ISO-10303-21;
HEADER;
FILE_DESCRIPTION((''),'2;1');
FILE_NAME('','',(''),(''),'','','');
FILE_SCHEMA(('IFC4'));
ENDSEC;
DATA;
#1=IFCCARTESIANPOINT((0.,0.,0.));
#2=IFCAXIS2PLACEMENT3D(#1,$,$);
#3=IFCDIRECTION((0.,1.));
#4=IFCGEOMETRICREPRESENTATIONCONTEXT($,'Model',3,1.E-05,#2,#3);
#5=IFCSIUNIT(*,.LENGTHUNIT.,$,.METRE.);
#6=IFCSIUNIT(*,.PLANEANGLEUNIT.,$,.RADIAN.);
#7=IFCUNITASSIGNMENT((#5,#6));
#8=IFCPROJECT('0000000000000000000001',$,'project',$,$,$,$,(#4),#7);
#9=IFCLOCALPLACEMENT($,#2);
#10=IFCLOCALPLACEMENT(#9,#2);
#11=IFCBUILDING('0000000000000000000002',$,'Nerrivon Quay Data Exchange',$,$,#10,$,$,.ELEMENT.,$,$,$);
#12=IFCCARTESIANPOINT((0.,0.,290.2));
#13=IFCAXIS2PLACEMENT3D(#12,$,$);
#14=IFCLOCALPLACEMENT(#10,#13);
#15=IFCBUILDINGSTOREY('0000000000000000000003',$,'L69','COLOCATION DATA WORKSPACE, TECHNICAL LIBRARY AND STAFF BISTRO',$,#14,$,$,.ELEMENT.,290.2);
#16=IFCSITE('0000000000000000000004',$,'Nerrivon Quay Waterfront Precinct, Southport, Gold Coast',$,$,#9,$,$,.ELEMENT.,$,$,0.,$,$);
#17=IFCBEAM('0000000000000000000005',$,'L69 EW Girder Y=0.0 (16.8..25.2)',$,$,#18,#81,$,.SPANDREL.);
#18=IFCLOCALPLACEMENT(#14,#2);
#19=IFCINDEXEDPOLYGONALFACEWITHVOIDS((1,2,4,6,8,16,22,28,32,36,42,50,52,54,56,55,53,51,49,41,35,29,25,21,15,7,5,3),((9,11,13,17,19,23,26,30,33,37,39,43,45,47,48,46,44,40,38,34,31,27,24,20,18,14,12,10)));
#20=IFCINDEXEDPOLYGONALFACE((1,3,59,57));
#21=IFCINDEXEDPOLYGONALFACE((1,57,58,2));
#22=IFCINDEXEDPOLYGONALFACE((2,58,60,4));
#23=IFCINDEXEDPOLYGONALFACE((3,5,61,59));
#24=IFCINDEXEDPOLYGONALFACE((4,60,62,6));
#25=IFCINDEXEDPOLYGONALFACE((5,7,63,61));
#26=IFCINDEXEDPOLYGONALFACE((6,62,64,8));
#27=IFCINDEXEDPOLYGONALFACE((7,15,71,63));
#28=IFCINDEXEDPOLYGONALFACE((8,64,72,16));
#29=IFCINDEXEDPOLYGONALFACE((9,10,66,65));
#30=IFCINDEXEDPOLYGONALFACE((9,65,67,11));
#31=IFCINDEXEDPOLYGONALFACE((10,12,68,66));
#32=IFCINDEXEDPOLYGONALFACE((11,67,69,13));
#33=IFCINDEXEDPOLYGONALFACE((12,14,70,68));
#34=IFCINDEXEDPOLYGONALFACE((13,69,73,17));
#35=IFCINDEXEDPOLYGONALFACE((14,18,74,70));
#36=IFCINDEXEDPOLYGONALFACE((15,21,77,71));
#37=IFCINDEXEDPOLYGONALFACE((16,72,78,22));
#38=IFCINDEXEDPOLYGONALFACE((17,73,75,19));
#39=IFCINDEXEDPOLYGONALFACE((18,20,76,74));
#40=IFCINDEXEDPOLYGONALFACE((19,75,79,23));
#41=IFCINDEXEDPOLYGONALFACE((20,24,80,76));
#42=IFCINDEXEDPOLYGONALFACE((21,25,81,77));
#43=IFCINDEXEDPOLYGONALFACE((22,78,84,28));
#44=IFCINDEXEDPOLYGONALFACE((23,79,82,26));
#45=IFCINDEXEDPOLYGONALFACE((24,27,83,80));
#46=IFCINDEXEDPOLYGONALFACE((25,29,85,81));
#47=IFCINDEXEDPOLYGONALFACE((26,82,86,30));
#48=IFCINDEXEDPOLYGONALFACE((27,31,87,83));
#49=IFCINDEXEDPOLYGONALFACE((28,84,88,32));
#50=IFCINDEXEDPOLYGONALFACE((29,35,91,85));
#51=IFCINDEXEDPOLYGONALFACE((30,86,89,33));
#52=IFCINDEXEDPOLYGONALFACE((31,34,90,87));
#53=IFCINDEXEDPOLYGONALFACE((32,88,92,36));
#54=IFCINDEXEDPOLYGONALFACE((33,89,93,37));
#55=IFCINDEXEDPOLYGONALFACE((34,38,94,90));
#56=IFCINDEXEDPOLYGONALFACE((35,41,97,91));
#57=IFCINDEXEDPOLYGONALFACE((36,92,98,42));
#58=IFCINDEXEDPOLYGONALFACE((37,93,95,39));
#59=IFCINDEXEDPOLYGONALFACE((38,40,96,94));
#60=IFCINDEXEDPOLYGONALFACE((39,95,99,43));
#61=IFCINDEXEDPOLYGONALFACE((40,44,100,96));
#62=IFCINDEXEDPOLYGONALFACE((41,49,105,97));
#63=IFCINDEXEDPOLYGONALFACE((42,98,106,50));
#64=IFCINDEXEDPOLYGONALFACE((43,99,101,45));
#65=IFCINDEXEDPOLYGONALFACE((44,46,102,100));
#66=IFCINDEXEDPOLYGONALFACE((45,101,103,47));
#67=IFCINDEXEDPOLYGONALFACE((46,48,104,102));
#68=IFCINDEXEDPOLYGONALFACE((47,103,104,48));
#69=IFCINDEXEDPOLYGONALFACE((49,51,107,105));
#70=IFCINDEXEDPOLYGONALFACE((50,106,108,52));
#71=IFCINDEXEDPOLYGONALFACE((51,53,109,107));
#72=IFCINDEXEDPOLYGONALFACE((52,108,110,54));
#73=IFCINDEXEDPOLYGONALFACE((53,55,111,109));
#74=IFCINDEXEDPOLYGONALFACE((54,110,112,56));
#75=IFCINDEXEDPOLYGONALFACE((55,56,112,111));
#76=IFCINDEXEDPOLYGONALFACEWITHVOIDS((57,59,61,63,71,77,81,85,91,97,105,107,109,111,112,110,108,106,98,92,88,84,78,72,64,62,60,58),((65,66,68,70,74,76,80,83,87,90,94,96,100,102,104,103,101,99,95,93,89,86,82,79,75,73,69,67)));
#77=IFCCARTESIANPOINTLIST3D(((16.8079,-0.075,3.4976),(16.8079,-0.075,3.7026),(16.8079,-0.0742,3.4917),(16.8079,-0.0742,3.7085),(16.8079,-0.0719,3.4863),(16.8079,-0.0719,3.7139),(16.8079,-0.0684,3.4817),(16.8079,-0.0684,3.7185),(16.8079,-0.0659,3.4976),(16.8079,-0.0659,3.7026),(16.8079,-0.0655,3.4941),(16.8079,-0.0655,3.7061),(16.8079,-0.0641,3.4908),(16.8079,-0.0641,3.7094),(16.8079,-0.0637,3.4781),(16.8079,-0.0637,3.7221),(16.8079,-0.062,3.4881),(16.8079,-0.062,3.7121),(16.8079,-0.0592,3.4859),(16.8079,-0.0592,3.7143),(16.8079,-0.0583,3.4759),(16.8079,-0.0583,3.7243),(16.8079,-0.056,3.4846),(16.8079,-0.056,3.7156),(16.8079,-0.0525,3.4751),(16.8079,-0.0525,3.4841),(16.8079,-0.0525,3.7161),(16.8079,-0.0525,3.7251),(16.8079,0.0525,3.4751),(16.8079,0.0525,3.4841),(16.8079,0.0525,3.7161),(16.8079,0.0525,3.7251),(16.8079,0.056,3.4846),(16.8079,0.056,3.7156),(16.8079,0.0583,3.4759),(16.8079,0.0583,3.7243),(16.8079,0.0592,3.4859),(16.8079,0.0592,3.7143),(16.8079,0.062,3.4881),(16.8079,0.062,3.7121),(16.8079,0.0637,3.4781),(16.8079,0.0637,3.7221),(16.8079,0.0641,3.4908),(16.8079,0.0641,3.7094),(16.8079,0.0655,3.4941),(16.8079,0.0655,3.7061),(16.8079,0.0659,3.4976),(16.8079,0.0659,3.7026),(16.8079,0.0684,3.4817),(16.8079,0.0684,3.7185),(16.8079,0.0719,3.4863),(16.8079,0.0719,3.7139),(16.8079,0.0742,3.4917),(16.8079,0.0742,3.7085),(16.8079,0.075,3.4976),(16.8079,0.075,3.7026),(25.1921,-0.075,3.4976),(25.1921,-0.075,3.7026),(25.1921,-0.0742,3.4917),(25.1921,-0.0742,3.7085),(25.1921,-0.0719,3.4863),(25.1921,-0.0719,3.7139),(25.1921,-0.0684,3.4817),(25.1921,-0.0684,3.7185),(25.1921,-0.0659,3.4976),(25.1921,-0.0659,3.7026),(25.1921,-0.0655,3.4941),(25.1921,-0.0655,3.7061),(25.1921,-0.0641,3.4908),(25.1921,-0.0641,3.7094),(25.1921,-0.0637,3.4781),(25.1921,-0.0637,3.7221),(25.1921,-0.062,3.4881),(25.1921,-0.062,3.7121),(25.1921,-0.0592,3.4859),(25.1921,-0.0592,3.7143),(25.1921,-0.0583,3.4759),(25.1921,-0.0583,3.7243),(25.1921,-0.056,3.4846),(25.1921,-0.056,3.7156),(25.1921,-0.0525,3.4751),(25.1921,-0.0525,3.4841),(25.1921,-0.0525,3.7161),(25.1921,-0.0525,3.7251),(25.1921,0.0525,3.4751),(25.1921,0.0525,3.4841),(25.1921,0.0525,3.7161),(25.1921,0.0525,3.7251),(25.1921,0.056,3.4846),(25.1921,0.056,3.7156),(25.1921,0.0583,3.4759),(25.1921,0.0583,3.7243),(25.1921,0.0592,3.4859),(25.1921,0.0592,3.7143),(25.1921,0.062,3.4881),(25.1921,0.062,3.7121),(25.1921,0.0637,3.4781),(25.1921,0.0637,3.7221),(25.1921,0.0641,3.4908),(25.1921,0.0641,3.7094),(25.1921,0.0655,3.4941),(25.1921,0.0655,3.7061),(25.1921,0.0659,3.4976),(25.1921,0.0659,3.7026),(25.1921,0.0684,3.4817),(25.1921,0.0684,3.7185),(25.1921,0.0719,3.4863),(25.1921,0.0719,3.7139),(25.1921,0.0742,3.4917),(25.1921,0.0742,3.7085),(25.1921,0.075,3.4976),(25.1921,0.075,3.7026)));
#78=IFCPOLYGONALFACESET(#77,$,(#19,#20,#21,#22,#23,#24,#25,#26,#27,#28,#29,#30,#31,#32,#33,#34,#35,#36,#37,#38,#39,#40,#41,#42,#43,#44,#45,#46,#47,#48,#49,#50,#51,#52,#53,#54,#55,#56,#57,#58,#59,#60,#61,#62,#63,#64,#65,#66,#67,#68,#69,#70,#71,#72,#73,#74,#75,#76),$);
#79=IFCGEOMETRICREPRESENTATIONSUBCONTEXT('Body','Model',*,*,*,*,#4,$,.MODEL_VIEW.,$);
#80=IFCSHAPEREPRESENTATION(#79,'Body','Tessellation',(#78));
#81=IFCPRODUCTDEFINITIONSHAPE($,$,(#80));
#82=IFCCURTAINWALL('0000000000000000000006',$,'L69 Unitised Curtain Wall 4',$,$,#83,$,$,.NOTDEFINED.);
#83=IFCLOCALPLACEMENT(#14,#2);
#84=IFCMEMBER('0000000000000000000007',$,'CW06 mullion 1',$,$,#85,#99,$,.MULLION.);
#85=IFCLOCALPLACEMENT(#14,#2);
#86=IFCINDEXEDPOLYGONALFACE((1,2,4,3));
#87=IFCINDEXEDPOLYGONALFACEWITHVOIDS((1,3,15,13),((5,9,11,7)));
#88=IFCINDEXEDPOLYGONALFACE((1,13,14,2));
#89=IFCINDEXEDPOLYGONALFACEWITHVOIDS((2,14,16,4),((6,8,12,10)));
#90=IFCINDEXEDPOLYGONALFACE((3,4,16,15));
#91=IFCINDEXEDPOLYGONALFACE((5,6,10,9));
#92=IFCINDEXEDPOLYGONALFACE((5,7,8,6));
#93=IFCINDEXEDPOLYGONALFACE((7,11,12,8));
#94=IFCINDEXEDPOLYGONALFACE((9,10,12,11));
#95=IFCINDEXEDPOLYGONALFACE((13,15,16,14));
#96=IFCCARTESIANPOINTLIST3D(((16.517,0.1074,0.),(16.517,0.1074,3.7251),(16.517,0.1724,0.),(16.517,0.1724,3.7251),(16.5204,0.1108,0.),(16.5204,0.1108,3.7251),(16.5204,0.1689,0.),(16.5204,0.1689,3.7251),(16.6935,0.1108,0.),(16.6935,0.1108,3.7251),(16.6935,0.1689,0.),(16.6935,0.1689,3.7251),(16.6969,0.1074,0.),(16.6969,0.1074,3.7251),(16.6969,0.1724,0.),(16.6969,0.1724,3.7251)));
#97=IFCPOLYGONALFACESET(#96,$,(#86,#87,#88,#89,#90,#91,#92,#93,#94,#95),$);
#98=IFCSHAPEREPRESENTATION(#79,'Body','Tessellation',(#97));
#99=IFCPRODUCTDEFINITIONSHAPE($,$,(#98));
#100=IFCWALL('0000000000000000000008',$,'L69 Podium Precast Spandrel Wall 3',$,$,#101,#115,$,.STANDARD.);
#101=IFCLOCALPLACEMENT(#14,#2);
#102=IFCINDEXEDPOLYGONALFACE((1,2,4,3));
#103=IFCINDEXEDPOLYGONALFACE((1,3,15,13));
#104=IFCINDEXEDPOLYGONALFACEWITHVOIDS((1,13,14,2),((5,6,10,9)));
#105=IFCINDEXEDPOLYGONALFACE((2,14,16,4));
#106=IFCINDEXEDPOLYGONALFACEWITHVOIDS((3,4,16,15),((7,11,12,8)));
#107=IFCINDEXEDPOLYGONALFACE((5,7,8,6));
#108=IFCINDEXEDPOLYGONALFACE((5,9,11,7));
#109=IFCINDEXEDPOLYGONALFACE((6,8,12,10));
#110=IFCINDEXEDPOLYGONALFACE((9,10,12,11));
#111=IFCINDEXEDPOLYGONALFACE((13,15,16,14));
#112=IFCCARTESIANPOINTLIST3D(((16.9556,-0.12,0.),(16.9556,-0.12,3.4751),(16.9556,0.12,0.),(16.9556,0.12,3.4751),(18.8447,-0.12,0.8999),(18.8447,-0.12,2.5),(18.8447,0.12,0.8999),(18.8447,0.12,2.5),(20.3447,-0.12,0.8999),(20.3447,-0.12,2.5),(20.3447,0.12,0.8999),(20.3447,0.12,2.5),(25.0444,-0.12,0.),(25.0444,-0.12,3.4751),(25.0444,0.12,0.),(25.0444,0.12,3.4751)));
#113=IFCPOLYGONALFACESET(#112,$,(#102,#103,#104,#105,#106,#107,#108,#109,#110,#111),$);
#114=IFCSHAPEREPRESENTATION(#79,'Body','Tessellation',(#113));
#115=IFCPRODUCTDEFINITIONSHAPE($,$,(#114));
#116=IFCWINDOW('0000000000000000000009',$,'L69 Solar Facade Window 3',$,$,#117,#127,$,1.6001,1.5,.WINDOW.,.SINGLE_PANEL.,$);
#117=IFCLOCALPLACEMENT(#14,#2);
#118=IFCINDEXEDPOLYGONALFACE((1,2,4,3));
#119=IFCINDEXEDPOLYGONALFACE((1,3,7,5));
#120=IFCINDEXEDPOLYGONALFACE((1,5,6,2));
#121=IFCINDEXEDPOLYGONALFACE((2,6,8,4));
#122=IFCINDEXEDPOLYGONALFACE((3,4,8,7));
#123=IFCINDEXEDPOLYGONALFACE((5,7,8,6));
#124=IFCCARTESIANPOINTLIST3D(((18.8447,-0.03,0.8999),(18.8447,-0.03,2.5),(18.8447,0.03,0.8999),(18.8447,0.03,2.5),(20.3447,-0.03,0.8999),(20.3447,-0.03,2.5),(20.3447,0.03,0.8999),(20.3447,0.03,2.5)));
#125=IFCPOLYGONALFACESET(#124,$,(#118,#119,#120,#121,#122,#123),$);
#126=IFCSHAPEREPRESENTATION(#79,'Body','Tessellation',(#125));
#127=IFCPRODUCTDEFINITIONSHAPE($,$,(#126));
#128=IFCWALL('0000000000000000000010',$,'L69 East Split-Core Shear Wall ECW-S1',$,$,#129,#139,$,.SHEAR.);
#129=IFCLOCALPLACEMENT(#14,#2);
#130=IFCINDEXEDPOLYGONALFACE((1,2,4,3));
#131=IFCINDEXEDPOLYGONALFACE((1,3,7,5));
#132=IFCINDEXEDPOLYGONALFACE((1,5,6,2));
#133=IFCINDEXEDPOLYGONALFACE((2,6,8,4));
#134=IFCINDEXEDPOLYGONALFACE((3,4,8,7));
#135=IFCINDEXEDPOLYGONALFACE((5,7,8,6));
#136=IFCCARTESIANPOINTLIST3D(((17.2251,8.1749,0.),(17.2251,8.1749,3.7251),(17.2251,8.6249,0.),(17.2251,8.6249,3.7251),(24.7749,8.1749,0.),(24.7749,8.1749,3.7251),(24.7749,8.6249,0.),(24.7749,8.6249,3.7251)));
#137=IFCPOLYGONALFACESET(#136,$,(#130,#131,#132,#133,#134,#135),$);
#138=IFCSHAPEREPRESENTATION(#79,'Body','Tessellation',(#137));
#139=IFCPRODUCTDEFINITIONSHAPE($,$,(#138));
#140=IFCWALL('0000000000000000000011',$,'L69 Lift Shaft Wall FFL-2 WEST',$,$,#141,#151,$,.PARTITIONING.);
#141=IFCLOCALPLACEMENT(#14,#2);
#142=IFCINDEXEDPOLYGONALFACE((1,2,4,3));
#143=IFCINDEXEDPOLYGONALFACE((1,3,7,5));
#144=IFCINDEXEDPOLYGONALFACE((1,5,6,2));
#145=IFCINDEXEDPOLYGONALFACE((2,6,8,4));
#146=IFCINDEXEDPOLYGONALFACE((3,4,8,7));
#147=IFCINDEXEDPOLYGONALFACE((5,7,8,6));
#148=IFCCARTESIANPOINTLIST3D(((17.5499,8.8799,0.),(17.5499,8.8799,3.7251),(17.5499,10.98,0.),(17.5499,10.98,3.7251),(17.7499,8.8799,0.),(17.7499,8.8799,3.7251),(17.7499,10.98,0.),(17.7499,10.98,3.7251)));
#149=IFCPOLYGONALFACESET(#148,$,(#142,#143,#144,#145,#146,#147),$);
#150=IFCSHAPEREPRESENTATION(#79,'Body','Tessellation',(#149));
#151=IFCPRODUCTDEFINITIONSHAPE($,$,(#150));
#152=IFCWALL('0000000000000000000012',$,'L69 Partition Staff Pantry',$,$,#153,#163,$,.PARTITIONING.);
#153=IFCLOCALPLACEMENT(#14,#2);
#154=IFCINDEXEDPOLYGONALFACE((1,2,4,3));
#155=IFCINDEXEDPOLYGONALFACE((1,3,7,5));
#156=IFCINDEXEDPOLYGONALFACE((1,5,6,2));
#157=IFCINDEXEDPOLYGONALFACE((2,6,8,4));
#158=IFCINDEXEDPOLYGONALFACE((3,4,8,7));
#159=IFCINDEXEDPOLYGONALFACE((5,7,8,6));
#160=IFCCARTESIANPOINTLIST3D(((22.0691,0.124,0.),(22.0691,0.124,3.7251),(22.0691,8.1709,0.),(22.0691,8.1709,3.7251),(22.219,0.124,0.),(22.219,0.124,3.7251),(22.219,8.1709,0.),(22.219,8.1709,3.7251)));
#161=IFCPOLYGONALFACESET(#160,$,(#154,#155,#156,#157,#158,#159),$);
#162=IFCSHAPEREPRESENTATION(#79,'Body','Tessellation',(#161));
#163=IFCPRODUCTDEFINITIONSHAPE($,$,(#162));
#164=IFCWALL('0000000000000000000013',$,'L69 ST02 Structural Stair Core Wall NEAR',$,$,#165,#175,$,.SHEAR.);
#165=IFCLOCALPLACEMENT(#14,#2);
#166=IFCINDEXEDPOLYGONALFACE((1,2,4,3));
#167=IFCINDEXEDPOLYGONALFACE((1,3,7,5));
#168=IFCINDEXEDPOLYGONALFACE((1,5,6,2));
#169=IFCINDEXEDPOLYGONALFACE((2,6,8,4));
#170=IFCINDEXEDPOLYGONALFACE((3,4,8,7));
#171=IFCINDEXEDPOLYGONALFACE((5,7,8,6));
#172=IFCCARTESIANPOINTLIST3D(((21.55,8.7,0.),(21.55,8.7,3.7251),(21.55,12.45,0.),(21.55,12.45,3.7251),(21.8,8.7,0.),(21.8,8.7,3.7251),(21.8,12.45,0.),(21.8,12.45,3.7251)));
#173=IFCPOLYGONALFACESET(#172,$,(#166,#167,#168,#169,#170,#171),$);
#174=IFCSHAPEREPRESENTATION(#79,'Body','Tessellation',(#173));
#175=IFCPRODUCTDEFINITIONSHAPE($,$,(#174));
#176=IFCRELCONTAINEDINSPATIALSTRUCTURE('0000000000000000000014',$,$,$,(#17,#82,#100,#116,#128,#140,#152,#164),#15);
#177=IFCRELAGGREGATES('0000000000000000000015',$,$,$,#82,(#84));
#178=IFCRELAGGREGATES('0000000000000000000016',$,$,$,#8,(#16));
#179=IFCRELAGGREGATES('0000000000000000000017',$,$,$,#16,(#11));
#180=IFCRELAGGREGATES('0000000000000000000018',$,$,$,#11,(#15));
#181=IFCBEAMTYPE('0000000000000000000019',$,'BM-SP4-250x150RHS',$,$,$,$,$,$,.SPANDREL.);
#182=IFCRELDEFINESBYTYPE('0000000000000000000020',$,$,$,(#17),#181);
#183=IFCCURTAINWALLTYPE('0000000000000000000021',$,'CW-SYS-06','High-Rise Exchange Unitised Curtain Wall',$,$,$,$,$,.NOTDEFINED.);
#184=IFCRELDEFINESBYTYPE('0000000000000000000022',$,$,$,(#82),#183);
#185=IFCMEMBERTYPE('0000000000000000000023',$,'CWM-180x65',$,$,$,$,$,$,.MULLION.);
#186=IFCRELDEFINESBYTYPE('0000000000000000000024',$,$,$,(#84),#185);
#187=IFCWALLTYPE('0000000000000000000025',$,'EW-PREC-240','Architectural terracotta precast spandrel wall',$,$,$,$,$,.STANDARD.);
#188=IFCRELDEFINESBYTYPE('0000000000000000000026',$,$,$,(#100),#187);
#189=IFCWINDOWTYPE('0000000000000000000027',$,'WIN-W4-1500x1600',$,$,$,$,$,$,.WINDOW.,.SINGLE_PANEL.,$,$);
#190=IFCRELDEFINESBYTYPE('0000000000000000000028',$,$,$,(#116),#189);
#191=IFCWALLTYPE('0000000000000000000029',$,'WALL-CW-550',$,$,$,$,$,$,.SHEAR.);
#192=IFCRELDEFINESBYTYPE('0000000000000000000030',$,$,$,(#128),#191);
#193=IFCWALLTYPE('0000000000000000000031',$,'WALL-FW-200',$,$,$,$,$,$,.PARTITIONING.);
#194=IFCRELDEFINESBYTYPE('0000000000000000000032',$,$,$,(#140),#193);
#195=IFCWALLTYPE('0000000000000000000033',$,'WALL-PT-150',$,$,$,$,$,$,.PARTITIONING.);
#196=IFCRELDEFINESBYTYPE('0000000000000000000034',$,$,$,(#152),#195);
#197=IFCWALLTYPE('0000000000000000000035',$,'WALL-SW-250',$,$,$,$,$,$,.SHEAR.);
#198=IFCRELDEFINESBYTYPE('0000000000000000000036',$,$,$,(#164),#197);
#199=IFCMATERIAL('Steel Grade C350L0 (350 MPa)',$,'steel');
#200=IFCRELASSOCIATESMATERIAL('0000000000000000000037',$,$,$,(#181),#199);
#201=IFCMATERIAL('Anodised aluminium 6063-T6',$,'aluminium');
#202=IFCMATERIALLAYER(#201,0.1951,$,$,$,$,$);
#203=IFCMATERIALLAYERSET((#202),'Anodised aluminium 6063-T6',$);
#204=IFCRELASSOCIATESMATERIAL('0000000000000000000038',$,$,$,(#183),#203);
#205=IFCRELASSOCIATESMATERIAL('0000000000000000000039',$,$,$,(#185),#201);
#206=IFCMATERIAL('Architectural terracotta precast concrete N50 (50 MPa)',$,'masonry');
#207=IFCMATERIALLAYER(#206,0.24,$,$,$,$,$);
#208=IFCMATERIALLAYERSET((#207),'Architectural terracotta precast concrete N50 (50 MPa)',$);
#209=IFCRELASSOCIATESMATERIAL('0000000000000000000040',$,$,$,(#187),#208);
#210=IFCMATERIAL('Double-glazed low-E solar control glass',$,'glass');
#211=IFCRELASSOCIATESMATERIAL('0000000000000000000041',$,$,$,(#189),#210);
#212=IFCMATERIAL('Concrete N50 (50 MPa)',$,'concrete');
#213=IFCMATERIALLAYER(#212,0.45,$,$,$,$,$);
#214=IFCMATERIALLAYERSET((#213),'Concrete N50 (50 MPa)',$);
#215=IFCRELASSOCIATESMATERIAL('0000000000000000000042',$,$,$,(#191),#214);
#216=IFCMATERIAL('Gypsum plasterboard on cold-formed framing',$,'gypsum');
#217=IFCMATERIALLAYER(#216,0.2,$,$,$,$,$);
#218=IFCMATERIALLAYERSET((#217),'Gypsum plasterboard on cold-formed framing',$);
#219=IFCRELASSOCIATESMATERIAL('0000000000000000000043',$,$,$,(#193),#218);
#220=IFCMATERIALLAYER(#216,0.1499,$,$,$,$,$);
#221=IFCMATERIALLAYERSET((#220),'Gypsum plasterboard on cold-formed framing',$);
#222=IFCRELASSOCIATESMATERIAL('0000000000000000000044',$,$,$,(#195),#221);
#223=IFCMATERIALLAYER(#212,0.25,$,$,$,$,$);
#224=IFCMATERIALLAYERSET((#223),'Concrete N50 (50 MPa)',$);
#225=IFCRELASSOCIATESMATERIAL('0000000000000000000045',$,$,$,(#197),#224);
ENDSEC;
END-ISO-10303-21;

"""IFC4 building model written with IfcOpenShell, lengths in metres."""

from ifc_helpers import new_model, si_unit, direction, frame, frame_2d, origin, origin_2d, place, context, subcontext, project, spatial, rectangle, hollow_rectangle, extrude, material, layer, layer_set, material_profile, profile_set, type_object, element, fill, aggregate, save


model = new_model("IFC4")

# Units and contexts
model_context = context("Model", 3, precision=1e-05, world=origin(), true_north=direction((0.0, 1.0)))
body_context = subcontext(model_context, "Body", "Model", "MODEL_VIEW")
ifc_project = project(units=[si_unit("LENGTHUNIT", "METRE"), si_unit("PLANEANGLEUNIT", "RADIAN")], contexts=[model_context])

# Site, building, storey
site_placement = place(None, origin())
site = spatial("IfcSite", under=ifc_project, at=site_placement, Name="Nerrivon Quay Waterfront Precinct, Southport, Gold Coast", CompositionType="ELEMENT", RefElevation=0.0)
building_placement = place(site_placement, origin())
building = spatial("IfcBuilding", under=site, at=building_placement, Name="Nerrivon Quay Data Exchange", CompositionType="ELEMENT")
storey_placement = place(building_placement, frame((0.0, 0.0, 290.2)))
storey = spatial("IfcBuildingStorey", under=building, at=storey_placement, Name="L69", Description="COLOCATION DATA WORKSPACE, TECHNICAL LIBRARY AND STAFF BISTRO", CompositionType="ELEMENT", Elevation=290.2)

# Shared definitions
ifc_material_1 = material(Name="Concrete N50 (50 MPa)", Category="concrete")

# Beam
ifc_material_2 = material(Name="Steel Grade C350L0 (350 MPa)", Category="steel")
ifc_material_profile_1 = material_profile(ifc_material_2, hollow_rectangle(XDim=0.1499, YDim=0.25, WallThickness=0.009, InnerFilletRadius=0.0134, OuterFilletRadius=0.0225, at=origin_2d()), Name="250x150x9.0RHS")
ifc_profile_set_1 = profile_set([ifc_material_profile_1], Name="Steel Grade C350L0 (350 MPa)")
beam_type_1 = type_object("IfcBeamType", Name="BM-SP4-250x150RHS", PredefinedType="SPANDREL", material=ifc_profile_set_1)
beam_1_placement = place(storey_placement, frame((16.8079, 0.0, 3.6001), z_axis=(1.0, 0.0, 0.0), x_axis=(0.0, 1.0, 0.0)))
element("IfcBeam", 1, at=beam_1_placement, inside=storey, type_object=beam_type_1, Name="L69 EW Girder Y=0.0 (16.8..25.2)", PredefinedType="SPANDREL", context=body_context, shape_type="SweptSolid", body=[
    extrude(hollow_rectangle(XDim=0.1499, YDim=0.25, WallThickness=0.009, InnerFilletRadius=0.0134, OuterFilletRadius=0.0225, at=origin_2d()), origin(), (0.0, 0.0, 1.0), 8.3843),
])

# Curtain wall, member
ifc_material_3 = material(Name="Anodised aluminium 6063-T6", Category="aluminium")
ifc_layer_1 = layer(ifc_material_3, 0.1951)
ifc_layer_set_1 = layer_set([ifc_layer_1], Name="Anodised aluminium 6063-T6")
curtain_wall_type = type_object("IfcCurtainWallType", Name="CW-SYS-06", Description="High-Rise Exchange Unitised Curtain Wall", PredefinedType="NOTDEFINED", material=ifc_layer_set_1)
curtain_wall_placement = place(storey_placement, origin())
curtain_wall = element("IfcCurtainWall", 2, at=curtain_wall_placement, inside=storey, type_object=curtain_wall_type, Name="L69 Unitised Curtain Wall 4", PredefinedType="NOTDEFINED")
ifc_material_profile_2 = material_profile(ifc_material_3, hollow_rectangle(XDim=0.0649, YDim=0.1799, WallThickness=0.0034, at=origin_2d()), Name="ALU-MULL-180x65")
ifc_profile_set_2 = profile_set([ifc_material_profile_2], Name="Anodised aluminium 6063-T6")
member_type = type_object("IfcMemberType", Name="CWM-180x65", PredefinedType="MULLION", material=ifc_profile_set_2)
member_placement = place(storey_placement, frame((16.6069, 0.1399, 0.0), z_axis=(0.0, 0.0, 1.0), x_axis=(0.0, -1.0, 0.0)))
member = element("IfcMember", 3, at=member_placement, type_object=member_type, Name="CW06 mullion 1", PredefinedType="MULLION", context=body_context, shape_type="SweptSolid", body=[
    extrude(hollow_rectangle(XDim=0.0649, YDim=0.1799, WallThickness=0.0034, at=origin_2d()), origin(), (0.0, 0.0, 1.0), 3.7251),
])
aggregate(curtain_wall, [member])

# Wall, opening, window
ifc_material_4 = material(Name="Architectural terracotta precast concrete N50 (50 MPa)", Category="masonry")
ifc_layer_2 = layer(ifc_material_4, 0.24)
ifc_layer_set_2 = layer_set([ifc_layer_2], Name="Architectural terracotta precast concrete N50 (50 MPa)")
wall_type_1 = type_object("IfcWallType", Name="EW-PREC-240", Description="Architectural terracotta precast spandrel wall", PredefinedType="STANDARD", material=ifc_layer_set_2)
wall_1_placement = place(storey_placement, frame((25.0444, 0.0, 0.0), z_axis=(0.0, 0.0, 1.0), x_axis=(-1.0, 0.0, 0.0)))
wall_1 = element("IfcWall", 4, at=wall_1_placement, inside=storey, type_object=wall_type_1, Name="L69 Podium Precast Spandrel Wall 3", PredefinedType="STANDARD", context=body_context, shape_type="SweptSolid", body=[
    extrude(rectangle(XDim=8.0889, YDim=0.24, at=frame_2d((4.0444, 0.0))), origin(), (0.0, 0.0, 1.0), 3.4751),
])
opening_1_placement = place(wall_1_placement, frame((4.6997, 0.0, 0.8999)))
opening_1 = element("IfcOpeningElement", 5, at=opening_1_placement, cuts=wall_1, PredefinedType="OPENING", context=body_context, shape_type="SweptSolid", body=[
    extrude(rectangle(XDim=1.5, YDim=1.6001, at=frame_2d((0.75, 0.8))), frame((0.0, 0.1299, 0.0), z_axis=(0.0, -1.0, 0.0), x_axis=(1.0, 0.0, 0.0)), (0.0, 0.0, 1.0), 0.26),
])
ifc_material_5 = material(Name="Double-glazed low-E solar control glass", Category="glass")
window_type = type_object("IfcWindowType", Name="WIN-W4-1500x1600", PartitioningType="SINGLE_PANEL", PredefinedType="WINDOW", material=ifc_material_5)
window_placement = place(opening_1_placement, origin())
window = element("IfcWindow", 6, at=window_placement, inside=storey, type_object=window_type, Name="L69 Solar Facade Window 3", OverallHeight=1.6001, OverallWidth=1.5, PartitioningType="SINGLE_PANEL", PredefinedType="WINDOW", context=body_context, shape_type="SweptSolid", body=[
    extrude(rectangle(XDim=1.5, YDim=1.6001, at=frame_2d((0.75, 0.8))), frame((0.0, 0.03, 0.0), z_axis=(0.0, -1.0, 0.0), x_axis=(1.0, 0.0, 0.0)), (0.0, 0.0, 1.0), 0.0601),
])
fill(opening_1, window)

# Wall
ifc_layer_3 = layer(ifc_material_1, 0.45)
ifc_layer_set_3 = layer_set([ifc_layer_3], Name="Concrete N50 (50 MPa)")
wall_type_2 = type_object("IfcWallType", Name="WALL-CW-550", PredefinedType="SHEAR", material=ifc_layer_set_3)
wall_2_placement = place(storey_placement, frame((17.2251, 8.3999, 0.0), z_axis=(0.0, 0.0, 1.0), x_axis=(1.0, 0.0, 0.0)))
element("IfcWall", 7, at=wall_2_placement, inside=storey, type_object=wall_type_2, Name="L69 East Split-Core Shear Wall ECW-S1", PredefinedType="SHEAR", context=body_context, shape_type="SweptSolid", body=[
    extrude(rectangle(XDim=7.5498, YDim=0.45, at=frame_2d((3.7749, 0.0))), origin(), (0.0, 0.0, 1.0), 3.7251),
])

# Wall
ifc_material_6 = material(Name="Gypsum plasterboard on cold-formed framing", Category="gypsum")
ifc_layer_4 = layer(ifc_material_6, 0.2)
ifc_layer_set_4 = layer_set([ifc_layer_4], Name="Gypsum plasterboard on cold-formed framing")
wall_type_3 = type_object("IfcWallType", Name="WALL-FW-200", PredefinedType="PARTITIONING", material=ifc_layer_set_4)
wall_3_placement = place(storey_placement, frame((17.6499, 8.8799, 0.0), z_axis=(0.0, 0.0, 1.0), x_axis=(0.0, 1.0, 0.0)))
element("IfcWall", 8, at=wall_3_placement, inside=storey, type_object=wall_type_3, Name="L69 Lift Shaft Wall FFL-2 WEST", PredefinedType="PARTITIONING", context=body_context, shape_type="SweptSolid", body=[
    extrude(rectangle(XDim=2.1001, YDim=0.2, at=frame_2d((1.05, 0.0))), origin(), (0.0, 0.0, 1.0), 3.7251),
])

# Walls
ifc_layer_5 = layer(ifc_material_6, 0.1499)
ifc_layer_set_5 = layer_set([ifc_layer_5], Name="Gypsum plasterboard on cold-formed framing")
wall_type_4 = type_object("IfcWallType", Name="WALL-PT-150", PredefinedType="PARTITIONING", material=ifc_layer_set_5)
wall_4_placement = place(storey_placement, frame((22.144, 0.124, 0.0), z_axis=(0.0, 0.0, 1.0), x_axis=(0.0, 1.0, 0.0)))
element("IfcWall", 9, at=wall_4_placement, inside=storey, type_object=wall_type_4, Name="L69 Partition Staff Pantry", PredefinedType="PARTITIONING", context=body_context, shape_type="SweptSolid", body=[
    extrude(rectangle(XDim=8.0469, YDim=0.1499, at=frame_2d((4.0234, 0.0))), origin(), (0.0, 0.0, 1.0), 3.7251),
])
ifc_layer_6 = layer(ifc_material_1, 0.25)
ifc_layer_set_6 = layer_set([ifc_layer_6], Name="Concrete N50 (50 MPa)")
wall_type_5 = type_object("IfcWallType", Name="WALL-SW-250", PredefinedType="SHEAR", material=ifc_layer_set_6)
wall_5_placement = place(storey_placement, frame((21.675, 8.7, 0.0), z_axis=(0.0, 0.0, 1.0), x_axis=(0.0, 1.0, 0.0)))
element("IfcWall", 10, at=wall_5_placement, inside=storey, type_object=wall_type_5, Name="L69 ST02 Structural Stair Core Wall NEAR", PredefinedType="SHEAR", context=body_context, shape_type="SweptSolid", body=[
    extrude(rectangle(XDim=3.75, YDim=0.25, at=frame_2d((1.875, 0.0))), origin(), (0.0, 0.0, 1.0), 3.7251),
])

save(model, "model.ifc")
